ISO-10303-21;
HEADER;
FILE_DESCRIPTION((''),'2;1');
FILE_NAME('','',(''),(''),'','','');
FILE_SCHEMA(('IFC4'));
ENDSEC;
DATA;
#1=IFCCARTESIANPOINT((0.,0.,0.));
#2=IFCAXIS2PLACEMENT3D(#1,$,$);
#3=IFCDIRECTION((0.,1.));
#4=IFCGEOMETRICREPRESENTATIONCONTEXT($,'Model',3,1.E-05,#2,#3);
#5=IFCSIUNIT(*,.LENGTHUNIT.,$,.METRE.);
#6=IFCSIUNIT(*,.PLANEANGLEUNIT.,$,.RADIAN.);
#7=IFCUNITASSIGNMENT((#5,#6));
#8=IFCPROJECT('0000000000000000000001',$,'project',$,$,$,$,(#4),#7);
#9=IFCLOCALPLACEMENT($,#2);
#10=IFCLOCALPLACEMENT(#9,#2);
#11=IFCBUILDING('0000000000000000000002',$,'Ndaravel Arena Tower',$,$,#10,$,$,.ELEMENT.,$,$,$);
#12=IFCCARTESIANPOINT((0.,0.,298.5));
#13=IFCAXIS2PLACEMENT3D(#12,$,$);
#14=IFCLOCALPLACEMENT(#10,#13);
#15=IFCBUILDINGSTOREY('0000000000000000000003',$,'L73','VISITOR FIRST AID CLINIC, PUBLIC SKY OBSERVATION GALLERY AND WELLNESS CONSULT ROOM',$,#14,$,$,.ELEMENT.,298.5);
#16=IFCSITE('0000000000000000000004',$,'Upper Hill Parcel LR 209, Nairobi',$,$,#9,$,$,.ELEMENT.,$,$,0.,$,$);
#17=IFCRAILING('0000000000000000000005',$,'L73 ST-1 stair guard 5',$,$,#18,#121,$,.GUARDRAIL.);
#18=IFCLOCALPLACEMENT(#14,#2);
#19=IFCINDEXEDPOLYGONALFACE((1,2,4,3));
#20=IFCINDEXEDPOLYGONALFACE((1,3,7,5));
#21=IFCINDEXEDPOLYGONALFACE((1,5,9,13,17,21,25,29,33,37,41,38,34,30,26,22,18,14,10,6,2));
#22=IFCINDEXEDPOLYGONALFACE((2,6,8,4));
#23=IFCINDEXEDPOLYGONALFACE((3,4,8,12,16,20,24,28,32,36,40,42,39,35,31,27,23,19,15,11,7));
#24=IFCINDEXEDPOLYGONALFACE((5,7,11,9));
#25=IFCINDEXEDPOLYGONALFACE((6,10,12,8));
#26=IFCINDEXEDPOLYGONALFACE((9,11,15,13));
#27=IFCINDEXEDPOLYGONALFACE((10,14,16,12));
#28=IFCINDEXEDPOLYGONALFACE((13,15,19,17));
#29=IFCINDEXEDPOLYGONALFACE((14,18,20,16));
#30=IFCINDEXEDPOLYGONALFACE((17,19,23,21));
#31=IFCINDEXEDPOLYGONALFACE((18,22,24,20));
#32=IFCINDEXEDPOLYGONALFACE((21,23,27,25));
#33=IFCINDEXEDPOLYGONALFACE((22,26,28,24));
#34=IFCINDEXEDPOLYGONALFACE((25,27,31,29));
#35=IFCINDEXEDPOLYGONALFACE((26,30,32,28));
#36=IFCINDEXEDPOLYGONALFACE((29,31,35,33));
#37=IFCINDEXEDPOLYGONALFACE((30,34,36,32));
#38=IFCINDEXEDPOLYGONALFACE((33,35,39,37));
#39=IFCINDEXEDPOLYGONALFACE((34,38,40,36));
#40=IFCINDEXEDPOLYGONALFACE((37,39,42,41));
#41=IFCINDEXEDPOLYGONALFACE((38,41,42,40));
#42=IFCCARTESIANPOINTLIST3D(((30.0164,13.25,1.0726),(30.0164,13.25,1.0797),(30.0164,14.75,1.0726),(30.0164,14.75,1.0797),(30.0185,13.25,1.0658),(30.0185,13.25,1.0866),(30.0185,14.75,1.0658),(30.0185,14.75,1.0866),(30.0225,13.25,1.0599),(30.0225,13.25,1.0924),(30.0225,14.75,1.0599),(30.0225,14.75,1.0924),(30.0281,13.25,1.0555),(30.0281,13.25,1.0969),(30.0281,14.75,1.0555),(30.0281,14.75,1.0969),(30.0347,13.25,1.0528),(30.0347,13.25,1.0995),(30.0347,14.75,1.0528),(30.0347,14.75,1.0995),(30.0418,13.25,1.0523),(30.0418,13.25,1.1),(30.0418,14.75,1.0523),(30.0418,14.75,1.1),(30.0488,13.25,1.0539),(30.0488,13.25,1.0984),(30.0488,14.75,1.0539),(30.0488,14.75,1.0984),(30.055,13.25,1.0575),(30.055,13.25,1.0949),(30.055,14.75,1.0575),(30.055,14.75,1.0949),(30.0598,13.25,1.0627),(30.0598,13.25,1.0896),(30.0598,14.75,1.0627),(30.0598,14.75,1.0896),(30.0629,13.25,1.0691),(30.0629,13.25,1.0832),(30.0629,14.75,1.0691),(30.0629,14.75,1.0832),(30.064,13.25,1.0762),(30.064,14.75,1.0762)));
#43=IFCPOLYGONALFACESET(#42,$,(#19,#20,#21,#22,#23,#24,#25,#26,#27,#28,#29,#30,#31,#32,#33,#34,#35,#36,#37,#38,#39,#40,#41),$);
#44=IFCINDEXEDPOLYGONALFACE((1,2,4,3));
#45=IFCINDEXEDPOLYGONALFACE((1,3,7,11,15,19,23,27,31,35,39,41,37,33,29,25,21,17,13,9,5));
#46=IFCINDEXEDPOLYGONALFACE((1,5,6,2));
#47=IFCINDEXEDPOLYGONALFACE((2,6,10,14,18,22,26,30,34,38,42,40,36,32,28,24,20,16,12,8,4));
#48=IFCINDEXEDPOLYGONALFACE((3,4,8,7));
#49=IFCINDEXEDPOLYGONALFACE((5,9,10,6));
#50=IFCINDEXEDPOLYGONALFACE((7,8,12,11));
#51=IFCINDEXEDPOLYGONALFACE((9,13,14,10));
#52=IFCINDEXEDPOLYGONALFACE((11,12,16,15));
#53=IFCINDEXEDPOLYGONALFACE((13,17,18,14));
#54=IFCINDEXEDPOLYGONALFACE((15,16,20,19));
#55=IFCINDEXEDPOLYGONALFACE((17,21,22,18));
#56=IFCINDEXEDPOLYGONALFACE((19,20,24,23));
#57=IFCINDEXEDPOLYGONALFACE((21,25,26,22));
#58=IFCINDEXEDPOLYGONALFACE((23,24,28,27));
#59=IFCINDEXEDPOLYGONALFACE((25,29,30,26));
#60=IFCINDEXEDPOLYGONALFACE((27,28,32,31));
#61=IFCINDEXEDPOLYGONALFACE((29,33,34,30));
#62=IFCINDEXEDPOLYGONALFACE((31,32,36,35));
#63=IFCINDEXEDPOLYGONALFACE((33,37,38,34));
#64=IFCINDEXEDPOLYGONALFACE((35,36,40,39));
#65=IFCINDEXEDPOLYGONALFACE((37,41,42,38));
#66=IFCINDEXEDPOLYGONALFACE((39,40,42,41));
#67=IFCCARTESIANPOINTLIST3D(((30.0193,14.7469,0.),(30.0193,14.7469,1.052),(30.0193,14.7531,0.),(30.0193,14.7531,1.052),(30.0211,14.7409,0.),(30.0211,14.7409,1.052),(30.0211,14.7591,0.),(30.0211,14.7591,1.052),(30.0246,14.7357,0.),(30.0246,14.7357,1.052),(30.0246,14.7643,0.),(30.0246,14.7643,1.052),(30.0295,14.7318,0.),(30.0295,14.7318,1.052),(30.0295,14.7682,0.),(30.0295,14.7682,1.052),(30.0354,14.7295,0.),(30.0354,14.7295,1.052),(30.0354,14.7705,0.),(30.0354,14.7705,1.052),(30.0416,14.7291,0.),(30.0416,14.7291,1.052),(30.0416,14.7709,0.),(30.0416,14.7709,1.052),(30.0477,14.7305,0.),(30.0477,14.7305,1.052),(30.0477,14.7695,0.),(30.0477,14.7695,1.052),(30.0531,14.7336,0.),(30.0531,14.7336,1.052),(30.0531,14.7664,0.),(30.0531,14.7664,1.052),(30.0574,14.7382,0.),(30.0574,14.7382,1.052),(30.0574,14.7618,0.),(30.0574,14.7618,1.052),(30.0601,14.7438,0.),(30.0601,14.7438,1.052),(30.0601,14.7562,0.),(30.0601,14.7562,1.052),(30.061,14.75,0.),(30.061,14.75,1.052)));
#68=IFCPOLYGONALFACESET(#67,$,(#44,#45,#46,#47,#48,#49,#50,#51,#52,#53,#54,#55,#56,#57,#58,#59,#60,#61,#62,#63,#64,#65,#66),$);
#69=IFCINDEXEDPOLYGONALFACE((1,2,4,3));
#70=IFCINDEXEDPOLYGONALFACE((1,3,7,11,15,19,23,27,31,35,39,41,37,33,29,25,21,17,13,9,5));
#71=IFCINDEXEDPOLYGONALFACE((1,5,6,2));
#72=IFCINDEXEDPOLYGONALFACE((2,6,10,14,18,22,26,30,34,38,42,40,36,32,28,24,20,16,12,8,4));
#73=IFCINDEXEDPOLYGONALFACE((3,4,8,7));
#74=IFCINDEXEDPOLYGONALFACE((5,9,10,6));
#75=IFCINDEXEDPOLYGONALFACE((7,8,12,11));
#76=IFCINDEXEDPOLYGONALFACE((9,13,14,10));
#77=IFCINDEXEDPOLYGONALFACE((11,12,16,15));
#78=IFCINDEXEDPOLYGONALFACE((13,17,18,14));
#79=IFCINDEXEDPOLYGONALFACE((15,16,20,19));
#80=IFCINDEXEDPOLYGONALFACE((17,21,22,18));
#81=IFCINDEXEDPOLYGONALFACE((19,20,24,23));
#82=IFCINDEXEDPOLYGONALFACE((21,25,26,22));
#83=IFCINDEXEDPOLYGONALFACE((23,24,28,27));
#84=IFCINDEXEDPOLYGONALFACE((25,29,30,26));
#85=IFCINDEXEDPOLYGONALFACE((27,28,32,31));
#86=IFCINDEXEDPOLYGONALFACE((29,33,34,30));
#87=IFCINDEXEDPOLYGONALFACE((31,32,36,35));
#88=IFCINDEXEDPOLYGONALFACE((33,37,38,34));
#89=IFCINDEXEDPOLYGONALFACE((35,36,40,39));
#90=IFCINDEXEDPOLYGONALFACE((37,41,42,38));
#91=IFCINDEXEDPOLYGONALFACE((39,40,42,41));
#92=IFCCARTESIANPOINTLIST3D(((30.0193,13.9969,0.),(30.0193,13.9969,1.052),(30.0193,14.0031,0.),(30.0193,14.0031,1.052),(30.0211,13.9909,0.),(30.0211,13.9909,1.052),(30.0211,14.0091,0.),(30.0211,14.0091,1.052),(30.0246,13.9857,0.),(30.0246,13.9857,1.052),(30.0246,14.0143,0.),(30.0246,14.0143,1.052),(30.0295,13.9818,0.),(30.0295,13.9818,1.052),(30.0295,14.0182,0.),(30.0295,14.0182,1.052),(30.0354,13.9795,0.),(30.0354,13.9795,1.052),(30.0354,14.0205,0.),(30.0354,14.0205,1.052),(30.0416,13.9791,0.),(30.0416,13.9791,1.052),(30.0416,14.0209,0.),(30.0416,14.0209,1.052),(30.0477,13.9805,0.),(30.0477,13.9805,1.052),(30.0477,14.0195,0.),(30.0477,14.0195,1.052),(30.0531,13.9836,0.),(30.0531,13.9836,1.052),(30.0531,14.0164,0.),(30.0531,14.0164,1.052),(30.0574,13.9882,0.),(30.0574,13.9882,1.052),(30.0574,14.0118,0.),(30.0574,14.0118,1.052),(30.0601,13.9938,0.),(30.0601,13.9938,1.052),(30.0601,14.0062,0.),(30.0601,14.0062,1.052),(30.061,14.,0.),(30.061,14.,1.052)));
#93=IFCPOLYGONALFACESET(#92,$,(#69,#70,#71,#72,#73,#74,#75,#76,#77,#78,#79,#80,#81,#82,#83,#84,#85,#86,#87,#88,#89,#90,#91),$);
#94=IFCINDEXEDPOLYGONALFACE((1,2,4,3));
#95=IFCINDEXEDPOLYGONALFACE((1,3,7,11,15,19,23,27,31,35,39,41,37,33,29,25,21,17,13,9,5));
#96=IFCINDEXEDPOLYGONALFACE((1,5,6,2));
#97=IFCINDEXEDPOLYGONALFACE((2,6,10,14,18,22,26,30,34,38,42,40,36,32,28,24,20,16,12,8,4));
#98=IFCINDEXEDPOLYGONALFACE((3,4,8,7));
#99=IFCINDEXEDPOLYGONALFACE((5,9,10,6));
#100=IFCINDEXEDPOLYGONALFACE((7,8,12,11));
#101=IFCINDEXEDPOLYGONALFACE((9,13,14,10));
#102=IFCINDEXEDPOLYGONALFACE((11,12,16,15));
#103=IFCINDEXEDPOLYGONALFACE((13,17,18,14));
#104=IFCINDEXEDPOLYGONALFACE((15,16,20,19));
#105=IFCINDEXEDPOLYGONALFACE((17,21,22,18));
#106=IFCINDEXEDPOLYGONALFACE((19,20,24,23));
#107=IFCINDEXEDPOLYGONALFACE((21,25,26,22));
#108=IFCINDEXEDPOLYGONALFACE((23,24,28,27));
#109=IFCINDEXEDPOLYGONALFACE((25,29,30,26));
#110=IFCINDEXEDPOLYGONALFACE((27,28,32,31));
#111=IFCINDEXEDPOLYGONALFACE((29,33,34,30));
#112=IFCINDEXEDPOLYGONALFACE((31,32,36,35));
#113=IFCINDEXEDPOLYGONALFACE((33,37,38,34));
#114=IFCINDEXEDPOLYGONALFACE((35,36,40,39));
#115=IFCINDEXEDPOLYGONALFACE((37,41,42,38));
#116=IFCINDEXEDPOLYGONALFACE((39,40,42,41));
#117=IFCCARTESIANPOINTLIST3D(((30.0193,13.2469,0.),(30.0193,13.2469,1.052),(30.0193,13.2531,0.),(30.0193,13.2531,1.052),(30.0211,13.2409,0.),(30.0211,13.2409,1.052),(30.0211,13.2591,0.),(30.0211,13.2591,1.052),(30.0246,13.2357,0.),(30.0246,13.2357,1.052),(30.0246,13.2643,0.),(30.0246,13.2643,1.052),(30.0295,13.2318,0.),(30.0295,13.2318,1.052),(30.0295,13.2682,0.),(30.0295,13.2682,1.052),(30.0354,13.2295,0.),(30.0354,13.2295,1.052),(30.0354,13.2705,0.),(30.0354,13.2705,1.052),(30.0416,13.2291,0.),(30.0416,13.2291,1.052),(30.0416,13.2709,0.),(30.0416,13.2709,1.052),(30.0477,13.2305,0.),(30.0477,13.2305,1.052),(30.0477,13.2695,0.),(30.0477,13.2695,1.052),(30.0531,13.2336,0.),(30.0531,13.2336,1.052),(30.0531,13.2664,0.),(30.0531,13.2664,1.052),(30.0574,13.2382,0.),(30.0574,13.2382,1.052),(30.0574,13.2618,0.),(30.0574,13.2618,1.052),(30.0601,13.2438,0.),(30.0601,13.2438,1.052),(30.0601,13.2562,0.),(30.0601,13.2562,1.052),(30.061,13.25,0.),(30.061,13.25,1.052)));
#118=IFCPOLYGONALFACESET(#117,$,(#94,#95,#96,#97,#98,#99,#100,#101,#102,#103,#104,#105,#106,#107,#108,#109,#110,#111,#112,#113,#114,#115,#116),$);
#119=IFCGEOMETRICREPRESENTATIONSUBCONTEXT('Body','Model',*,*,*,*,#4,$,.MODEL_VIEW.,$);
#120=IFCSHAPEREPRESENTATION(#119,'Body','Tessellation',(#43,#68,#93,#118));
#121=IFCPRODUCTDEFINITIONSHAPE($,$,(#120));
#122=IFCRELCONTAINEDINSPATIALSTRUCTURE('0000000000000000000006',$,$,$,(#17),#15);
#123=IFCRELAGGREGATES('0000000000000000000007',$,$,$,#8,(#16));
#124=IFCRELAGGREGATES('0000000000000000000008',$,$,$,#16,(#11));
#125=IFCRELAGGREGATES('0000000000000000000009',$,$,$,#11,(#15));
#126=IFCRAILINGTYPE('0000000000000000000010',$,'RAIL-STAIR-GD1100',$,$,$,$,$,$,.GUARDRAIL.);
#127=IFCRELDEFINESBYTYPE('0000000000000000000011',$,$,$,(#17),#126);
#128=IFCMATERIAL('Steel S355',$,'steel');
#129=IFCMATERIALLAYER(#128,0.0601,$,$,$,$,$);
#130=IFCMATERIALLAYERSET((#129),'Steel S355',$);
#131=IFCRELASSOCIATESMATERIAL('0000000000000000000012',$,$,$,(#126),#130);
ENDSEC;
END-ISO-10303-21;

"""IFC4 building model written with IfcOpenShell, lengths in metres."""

from ifc_helpers import new_model, si_unit, direction, frame, origin, origin_2d, place, context, subcontext, project, spatial, circle, extrude, material, layer, layer_set, type_object, element, save


model = new_model("IFC4")

# Units and contexts
model_context = context("Model", 3, precision=1e-05, world=origin(), true_north=direction((0.0, 1.0)))
body_context = subcontext(model_context, "Body", "Model", "MODEL_VIEW")
ifc_project = project(units=[si_unit("LENGTHUNIT", "METRE"), si_unit("PLANEANGLEUNIT", "RADIAN")], contexts=[model_context])

# Site, building, storey
site_placement = place(None, origin())
site = spatial("IfcSite", under=ifc_project, at=site_placement, Name="Upper Hill Parcel LR 209, Nairobi", CompositionType="ELEMENT", RefElevation=0.0)
building_placement = place(site_placement, origin())
building = spatial("IfcBuilding", under=site, at=building_placement, Name="Ndaravel Arena Tower", CompositionType="ELEMENT")
storey_placement = place(building_placement, frame((0.0, 0.0, 298.5)))
storey = spatial("IfcBuildingStorey", under=building, at=storey_placement, Name="L73", Description="VISITOR FIRST AID CLINIC, PUBLIC SKY OBSERVATION GALLERY AND WELLNESS CONSULT ROOM", CompositionType="ELEMENT", Elevation=298.5)

# Railing
ifc_material_1 = material(Name="Steel S355", Category="steel")
ifc_layer_1 = layer(ifc_material_1, 0.0601)
ifc_layer_set_1 = layer_set([ifc_layer_1], Name="Steel S355")
railing_type = type_object("IfcRailingType", Name="RAIL-STAIR-GD1100", PredefinedType="GUARDRAIL", material=ifc_layer_set_1)
railing_1_placement = place(storey_placement, frame((30.04, 14.75, 0.0)))
element("IfcRailing", 1, at=railing_1_placement, inside=storey, type_object=railing_type, Name="L73 ST-1 stair guard 5", PredefinedType="GUARDRAIL", context=body_context, shape_type="SweptSolid", body=[
    extrude(circle(Radius=0.0239, at=origin_2d()), frame((0.0, 0.0, 1.0762), z_axis=(0.0, -1.0, 0.0), x_axis=(1.0, 0.0, 0.0)), (0.0, 0.0, 1.0), 1.5),
    extrude(circle(Radius=0.021, at=origin_2d()), origin(), (0.0, 0.0, 1.0), 1.052),
    extrude(circle(Radius=0.021, at=origin_2d()), frame((0.0, -0.75, 0.0)), (0.0, 0.0, 1.0), 1.052),
    extrude(circle(Radius=0.021, at=origin_2d()), frame((0.0, -1.5, 0.0)), (0.0, 0.0, 1.0), 1.052),
])

save(model, "model.ifc")
